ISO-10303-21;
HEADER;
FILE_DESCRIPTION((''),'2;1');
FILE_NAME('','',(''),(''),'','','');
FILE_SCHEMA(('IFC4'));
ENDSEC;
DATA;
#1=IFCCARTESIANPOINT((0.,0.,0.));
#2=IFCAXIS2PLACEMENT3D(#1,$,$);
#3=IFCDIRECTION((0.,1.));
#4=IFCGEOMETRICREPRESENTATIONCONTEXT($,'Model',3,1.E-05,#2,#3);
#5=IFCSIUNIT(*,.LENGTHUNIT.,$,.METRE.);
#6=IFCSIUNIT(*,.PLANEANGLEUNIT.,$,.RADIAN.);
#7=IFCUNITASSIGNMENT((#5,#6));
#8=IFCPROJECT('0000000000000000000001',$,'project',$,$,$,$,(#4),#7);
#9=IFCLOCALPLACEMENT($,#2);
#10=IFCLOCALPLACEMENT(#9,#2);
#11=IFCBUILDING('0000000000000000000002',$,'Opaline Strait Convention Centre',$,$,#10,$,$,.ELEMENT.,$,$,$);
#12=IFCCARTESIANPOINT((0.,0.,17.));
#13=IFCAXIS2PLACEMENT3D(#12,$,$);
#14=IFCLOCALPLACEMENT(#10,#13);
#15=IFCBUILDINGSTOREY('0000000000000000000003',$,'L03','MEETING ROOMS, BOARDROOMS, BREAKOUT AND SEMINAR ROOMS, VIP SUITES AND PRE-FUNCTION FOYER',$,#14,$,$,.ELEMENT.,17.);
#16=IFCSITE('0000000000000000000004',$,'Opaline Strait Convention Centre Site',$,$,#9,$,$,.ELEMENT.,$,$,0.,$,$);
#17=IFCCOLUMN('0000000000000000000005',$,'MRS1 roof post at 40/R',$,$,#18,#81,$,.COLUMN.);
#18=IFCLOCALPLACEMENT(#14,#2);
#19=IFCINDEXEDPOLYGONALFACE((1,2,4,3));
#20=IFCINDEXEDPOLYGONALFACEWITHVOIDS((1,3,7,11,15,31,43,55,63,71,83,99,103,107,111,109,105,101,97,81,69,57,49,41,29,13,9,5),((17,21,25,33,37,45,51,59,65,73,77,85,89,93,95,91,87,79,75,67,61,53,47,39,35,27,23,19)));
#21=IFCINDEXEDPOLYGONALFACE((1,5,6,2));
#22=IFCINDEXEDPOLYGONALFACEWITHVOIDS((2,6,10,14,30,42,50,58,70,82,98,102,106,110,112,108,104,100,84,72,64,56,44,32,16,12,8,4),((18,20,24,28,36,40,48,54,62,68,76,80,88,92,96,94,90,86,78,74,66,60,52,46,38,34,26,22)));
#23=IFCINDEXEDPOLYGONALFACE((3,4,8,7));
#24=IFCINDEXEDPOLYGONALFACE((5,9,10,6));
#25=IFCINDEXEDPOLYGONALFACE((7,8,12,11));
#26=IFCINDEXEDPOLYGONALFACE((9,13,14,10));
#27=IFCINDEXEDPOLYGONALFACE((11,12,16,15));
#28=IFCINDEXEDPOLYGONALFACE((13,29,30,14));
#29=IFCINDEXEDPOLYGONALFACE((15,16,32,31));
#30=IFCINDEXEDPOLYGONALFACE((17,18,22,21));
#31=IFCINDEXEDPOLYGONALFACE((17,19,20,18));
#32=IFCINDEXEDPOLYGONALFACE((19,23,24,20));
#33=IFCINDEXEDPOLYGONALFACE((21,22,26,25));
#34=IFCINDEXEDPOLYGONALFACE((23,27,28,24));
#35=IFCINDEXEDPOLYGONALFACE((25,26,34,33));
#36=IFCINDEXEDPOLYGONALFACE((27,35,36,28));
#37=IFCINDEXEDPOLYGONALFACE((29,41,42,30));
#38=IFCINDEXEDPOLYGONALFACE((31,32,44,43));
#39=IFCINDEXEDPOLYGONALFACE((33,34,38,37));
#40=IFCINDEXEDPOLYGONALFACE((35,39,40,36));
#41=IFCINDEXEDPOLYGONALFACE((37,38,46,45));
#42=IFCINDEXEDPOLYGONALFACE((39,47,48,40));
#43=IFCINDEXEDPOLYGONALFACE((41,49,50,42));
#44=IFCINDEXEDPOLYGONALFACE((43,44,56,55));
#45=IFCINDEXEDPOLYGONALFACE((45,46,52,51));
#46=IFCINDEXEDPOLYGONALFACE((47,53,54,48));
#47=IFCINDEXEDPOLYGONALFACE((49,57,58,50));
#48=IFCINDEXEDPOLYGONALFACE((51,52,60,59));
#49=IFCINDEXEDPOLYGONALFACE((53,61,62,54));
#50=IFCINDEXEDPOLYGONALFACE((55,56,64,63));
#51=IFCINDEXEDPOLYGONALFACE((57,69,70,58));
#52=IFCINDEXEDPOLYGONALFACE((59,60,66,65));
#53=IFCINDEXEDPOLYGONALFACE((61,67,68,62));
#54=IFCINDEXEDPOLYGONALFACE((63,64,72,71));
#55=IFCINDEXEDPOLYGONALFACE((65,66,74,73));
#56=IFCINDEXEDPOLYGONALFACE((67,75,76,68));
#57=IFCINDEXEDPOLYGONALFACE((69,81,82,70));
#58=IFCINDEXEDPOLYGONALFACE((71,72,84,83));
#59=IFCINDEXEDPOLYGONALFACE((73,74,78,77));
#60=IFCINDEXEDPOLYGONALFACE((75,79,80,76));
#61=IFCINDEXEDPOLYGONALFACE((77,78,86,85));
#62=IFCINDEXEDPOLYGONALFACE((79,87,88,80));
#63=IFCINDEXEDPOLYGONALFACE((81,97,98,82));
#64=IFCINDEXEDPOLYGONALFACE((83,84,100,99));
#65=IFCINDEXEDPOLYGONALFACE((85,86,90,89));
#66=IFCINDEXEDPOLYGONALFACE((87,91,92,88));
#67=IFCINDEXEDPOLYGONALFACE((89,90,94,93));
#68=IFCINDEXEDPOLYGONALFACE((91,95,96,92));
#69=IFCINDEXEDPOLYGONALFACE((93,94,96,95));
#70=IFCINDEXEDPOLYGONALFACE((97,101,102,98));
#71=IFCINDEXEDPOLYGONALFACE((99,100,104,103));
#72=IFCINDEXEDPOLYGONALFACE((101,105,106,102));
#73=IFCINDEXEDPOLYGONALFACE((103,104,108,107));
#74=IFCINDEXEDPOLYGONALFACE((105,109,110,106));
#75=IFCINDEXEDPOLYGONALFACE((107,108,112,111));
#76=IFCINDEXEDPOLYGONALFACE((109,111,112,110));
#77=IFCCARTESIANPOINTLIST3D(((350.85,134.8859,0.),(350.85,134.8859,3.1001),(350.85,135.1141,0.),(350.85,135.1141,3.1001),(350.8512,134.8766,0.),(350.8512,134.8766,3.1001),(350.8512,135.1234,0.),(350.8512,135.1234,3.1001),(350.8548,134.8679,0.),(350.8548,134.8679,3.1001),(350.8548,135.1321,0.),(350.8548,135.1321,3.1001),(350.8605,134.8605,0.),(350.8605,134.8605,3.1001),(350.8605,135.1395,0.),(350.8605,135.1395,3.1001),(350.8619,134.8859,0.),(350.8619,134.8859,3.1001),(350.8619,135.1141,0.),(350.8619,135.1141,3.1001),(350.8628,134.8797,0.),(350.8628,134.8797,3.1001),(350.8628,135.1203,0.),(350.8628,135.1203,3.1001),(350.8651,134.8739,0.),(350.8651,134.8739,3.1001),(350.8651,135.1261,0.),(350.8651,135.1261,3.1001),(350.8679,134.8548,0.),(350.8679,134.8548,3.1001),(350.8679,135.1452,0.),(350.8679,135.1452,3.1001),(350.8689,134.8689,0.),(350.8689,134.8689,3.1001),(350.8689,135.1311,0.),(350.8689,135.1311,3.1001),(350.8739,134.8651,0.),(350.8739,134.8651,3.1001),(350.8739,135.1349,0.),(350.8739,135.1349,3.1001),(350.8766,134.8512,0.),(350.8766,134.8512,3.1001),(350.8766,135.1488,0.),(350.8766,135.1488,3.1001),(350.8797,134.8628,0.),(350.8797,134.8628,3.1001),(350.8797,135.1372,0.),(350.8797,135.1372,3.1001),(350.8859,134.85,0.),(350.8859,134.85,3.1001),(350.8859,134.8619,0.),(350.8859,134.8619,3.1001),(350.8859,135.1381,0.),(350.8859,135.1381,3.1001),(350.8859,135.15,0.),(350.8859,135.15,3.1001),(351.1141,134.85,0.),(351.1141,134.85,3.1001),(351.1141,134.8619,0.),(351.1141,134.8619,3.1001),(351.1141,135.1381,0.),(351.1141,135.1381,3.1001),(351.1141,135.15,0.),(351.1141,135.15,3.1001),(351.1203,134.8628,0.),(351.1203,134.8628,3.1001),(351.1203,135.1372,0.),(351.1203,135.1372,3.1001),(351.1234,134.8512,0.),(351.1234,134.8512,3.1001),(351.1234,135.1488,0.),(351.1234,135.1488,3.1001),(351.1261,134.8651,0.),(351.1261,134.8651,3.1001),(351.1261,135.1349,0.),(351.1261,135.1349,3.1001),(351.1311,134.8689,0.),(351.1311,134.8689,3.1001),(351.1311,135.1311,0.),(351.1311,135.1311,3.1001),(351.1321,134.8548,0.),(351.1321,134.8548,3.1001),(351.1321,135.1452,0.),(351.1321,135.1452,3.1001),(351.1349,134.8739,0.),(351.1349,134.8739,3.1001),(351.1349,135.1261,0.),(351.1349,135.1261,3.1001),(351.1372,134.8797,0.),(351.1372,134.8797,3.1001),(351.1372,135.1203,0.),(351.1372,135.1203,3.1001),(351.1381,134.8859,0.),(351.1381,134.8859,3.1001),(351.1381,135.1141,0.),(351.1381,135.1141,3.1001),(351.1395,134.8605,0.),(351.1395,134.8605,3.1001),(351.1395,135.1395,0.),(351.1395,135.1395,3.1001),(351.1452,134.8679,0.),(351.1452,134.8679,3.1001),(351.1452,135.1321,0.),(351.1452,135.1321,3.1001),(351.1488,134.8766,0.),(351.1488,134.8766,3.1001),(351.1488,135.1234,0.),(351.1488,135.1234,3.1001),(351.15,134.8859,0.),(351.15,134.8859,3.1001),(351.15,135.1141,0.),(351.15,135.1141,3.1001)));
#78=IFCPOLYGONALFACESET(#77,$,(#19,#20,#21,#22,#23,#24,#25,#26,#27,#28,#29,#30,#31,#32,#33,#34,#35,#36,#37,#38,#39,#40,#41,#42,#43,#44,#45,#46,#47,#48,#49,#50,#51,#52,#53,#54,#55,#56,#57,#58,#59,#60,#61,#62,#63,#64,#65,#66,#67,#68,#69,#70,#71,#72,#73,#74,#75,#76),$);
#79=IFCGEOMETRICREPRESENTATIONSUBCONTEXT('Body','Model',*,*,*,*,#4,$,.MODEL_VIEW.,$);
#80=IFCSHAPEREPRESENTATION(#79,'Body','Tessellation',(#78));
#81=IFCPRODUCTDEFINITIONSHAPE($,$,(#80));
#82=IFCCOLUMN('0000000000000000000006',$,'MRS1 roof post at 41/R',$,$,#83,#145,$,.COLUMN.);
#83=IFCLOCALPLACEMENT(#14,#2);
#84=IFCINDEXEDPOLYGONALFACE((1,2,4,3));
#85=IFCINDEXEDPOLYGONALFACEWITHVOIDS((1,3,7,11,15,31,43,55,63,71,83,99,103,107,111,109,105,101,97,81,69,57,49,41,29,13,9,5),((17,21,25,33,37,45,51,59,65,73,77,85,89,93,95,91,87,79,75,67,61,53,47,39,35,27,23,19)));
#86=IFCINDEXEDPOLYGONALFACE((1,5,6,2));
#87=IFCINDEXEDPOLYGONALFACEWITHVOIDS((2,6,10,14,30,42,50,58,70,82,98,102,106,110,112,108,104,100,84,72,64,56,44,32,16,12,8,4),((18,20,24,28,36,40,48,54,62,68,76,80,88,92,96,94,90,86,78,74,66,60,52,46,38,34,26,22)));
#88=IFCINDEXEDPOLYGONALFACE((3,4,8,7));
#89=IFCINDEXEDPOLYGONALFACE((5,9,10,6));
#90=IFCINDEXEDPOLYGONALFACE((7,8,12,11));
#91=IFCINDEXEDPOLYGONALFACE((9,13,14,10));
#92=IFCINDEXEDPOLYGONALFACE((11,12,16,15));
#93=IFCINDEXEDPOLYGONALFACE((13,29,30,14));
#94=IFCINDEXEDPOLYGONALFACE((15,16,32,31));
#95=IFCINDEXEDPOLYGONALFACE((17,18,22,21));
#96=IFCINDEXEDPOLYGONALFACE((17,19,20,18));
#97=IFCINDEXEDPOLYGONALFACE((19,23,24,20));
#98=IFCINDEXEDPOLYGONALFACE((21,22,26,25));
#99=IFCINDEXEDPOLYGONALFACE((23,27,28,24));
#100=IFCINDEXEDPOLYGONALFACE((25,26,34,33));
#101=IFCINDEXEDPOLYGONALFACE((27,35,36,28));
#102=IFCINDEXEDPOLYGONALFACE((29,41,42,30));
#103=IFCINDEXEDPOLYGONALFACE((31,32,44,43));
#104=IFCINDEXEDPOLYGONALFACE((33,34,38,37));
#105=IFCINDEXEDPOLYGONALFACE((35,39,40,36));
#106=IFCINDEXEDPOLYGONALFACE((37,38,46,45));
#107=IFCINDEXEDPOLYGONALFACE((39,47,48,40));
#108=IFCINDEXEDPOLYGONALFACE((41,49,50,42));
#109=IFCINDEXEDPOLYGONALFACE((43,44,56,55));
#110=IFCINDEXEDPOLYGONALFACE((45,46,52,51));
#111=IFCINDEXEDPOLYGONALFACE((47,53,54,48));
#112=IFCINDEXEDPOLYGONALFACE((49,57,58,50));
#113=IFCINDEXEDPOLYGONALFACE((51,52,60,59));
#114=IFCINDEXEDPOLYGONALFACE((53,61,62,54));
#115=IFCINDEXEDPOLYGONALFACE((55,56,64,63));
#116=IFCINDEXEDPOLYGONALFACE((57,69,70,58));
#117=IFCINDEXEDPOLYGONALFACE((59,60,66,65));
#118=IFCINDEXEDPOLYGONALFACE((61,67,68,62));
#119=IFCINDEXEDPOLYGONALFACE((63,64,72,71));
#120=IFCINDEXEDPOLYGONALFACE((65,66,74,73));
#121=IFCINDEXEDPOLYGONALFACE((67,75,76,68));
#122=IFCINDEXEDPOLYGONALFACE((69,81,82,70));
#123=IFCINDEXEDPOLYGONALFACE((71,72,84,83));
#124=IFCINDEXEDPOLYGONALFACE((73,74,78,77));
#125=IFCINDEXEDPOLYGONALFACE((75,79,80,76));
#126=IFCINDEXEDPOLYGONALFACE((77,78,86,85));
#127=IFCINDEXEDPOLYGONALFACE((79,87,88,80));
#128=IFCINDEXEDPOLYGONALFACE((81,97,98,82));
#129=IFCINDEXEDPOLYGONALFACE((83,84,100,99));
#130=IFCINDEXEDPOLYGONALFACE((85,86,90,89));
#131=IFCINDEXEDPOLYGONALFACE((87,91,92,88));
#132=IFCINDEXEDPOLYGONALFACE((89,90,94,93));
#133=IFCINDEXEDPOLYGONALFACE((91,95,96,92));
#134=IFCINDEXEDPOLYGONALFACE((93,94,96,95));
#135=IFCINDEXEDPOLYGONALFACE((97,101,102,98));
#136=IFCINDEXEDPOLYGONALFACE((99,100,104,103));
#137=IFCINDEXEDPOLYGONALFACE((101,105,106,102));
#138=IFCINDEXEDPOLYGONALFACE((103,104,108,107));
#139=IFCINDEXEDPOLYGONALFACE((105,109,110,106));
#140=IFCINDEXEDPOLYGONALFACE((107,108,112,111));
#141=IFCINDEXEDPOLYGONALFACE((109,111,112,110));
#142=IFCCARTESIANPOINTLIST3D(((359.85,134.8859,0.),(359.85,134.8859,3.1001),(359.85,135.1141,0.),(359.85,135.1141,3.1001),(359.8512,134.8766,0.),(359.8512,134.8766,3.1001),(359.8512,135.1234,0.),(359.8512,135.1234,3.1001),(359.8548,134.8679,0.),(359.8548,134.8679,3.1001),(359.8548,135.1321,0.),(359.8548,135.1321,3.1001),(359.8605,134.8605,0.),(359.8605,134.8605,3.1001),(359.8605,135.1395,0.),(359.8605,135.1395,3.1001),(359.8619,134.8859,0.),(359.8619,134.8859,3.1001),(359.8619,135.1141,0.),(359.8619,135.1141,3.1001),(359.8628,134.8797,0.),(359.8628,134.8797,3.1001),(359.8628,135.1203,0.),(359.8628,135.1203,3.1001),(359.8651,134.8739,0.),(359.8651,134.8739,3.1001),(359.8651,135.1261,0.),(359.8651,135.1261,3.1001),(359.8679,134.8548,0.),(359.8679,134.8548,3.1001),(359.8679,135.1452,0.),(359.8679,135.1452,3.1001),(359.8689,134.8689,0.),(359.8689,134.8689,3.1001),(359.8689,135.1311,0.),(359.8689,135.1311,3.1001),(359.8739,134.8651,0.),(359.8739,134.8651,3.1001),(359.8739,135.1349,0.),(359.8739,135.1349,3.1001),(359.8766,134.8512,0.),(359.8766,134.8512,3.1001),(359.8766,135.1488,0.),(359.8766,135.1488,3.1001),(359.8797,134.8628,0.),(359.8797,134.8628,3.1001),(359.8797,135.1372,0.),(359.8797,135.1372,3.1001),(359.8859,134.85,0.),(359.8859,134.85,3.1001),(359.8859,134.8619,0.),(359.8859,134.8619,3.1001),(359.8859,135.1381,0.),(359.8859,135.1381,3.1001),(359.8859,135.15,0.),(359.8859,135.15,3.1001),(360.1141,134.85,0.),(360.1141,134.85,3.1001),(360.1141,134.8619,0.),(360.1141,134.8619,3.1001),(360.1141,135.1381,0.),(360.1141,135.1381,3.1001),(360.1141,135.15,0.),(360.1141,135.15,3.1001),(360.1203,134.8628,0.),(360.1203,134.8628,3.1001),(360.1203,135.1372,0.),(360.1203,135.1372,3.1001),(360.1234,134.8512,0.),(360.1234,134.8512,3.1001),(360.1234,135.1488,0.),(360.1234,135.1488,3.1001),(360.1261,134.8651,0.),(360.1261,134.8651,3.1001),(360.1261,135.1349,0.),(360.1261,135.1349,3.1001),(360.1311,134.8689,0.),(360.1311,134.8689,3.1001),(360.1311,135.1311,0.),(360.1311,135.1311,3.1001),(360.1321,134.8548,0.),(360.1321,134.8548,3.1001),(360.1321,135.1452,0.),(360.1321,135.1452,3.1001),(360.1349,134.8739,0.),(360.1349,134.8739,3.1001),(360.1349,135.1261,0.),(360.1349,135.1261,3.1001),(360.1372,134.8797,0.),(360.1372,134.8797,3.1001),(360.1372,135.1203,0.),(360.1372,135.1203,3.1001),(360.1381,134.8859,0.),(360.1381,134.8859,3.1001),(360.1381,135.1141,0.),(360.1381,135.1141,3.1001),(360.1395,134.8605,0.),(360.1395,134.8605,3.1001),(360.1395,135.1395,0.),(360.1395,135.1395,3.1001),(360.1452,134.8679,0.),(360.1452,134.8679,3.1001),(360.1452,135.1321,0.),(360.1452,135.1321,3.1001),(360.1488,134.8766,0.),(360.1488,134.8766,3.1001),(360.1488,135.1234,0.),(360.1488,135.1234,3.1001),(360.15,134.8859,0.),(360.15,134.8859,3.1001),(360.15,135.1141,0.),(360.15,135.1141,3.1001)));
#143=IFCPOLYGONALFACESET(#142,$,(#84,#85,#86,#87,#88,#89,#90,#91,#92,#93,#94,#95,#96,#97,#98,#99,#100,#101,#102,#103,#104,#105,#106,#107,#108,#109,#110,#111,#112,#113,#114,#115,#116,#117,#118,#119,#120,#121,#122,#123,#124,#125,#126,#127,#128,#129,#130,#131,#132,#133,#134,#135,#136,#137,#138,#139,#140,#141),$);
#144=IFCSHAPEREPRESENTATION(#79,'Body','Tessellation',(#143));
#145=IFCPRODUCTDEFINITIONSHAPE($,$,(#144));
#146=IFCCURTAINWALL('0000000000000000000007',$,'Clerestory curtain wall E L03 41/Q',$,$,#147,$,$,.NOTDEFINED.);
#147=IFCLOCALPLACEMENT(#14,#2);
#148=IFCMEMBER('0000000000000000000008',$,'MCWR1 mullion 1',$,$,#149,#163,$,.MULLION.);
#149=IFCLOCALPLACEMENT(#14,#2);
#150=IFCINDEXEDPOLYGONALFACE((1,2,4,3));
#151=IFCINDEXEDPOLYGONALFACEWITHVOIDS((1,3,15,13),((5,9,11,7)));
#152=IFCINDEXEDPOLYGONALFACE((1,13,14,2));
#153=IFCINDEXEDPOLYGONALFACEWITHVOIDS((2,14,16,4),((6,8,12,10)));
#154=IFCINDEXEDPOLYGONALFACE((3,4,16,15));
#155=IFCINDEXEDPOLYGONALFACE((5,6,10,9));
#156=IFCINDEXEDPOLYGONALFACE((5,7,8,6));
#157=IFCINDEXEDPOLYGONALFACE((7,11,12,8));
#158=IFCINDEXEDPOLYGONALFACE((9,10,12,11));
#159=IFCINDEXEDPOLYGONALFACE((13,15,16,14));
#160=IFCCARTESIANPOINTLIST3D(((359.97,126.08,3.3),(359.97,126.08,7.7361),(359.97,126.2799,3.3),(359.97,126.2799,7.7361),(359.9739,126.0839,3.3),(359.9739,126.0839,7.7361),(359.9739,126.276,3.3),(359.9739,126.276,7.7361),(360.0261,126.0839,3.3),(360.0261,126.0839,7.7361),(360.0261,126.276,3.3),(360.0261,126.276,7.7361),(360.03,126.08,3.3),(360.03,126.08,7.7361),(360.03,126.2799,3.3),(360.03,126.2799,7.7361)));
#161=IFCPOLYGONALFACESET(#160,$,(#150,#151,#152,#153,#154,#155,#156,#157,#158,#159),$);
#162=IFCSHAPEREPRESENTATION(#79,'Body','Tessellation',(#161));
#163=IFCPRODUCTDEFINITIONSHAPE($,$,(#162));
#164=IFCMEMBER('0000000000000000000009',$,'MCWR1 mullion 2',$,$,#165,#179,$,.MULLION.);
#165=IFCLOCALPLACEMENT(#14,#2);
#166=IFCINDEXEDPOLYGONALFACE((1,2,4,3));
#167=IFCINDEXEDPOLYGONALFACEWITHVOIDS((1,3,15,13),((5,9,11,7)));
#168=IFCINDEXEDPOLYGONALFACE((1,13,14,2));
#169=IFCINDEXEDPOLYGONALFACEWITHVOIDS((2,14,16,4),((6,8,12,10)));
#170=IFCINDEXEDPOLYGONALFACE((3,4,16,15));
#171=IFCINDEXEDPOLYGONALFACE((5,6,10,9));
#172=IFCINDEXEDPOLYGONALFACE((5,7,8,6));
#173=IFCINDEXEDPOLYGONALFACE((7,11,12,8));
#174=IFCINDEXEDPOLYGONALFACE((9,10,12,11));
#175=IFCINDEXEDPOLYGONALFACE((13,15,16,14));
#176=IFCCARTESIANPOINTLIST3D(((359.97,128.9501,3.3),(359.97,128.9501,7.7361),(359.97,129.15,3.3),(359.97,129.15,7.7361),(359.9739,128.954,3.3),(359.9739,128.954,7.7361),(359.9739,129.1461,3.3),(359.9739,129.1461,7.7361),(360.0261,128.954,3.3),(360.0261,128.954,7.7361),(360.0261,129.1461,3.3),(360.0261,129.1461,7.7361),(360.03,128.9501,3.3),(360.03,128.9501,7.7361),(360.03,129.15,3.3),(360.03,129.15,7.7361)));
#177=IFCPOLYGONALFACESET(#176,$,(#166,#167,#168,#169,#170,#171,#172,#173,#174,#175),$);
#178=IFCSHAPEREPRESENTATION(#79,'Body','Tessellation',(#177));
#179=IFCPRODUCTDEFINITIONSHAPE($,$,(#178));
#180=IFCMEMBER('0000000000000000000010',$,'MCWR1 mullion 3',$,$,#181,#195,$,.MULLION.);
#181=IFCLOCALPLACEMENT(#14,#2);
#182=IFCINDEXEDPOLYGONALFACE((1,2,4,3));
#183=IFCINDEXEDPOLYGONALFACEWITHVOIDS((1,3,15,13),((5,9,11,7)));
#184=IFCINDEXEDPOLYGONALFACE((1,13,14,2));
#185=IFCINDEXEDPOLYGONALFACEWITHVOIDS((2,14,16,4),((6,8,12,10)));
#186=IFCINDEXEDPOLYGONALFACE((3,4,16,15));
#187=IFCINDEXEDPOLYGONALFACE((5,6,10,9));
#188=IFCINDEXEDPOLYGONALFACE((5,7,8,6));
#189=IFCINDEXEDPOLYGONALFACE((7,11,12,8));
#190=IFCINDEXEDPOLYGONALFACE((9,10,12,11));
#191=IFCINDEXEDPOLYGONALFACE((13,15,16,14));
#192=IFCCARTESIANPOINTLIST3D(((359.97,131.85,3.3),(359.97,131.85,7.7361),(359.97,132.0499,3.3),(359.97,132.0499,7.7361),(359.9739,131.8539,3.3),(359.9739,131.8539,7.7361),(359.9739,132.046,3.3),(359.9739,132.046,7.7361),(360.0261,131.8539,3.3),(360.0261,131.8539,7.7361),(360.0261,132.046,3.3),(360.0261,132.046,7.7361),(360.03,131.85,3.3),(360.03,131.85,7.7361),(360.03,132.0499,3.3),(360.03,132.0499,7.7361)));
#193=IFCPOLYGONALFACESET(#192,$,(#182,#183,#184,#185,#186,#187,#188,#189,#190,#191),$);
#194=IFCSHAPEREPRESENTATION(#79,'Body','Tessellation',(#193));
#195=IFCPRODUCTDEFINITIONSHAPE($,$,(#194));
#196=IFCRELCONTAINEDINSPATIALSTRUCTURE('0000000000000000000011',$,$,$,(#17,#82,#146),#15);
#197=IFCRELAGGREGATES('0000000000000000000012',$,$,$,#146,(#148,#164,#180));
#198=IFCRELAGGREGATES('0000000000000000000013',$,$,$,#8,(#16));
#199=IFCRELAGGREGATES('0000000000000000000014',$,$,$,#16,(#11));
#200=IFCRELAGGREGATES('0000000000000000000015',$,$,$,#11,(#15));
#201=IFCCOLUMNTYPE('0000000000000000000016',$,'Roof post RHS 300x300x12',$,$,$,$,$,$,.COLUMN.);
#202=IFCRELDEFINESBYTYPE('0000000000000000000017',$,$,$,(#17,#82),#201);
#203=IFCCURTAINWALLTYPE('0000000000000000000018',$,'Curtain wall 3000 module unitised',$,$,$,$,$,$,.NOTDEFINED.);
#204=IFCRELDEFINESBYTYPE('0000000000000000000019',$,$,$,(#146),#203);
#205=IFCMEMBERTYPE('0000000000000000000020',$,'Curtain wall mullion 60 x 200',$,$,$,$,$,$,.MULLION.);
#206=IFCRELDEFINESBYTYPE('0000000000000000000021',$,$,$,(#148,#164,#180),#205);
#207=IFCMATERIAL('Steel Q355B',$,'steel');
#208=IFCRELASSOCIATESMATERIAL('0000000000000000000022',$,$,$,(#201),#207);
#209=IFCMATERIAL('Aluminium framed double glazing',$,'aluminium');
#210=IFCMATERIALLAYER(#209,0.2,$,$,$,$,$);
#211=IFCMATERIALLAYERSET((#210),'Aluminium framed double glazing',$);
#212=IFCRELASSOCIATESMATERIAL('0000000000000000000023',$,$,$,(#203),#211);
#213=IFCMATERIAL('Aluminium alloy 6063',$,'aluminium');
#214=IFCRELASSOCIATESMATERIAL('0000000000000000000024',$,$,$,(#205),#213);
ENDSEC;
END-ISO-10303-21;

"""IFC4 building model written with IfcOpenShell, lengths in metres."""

from ifc_helpers import new_model, si_unit, direction, frame, origin, origin_2d, place, context, subcontext, project, spatial, hollow_rectangle, extrude, material, layer, layer_set, material_profile, profile_set, type_object, element, aggregate, save


model = new_model("IFC4")

# Units and contexts
model_context = context("Model", 3, precision=1e-05, world=origin(), true_north=direction((0.0, 1.0)))
body_context = subcontext(model_context, "Body", "Model", "MODEL_VIEW")
ifc_project = project(units=[si_unit("LENGTHUNIT", "METRE"), si_unit("PLANEANGLEUNIT", "RADIAN")], contexts=[model_context])

# Site, building, storey
site_placement = place(None, origin())
site = spatial("IfcSite", under=ifc_project, at=site_placement, Name="Opaline Strait Convention Centre Site", CompositionType="ELEMENT", RefElevation=0.0)
building_placement = place(site_placement, origin())
building = spatial("IfcBuilding", under=site, at=building_placement, Name="Opaline Strait Convention Centre", CompositionType="ELEMENT")
storey_placement = place(building_placement, frame((0.0, 0.0, 17.0)))
storey = spatial("IfcBuildingStorey", under=building, at=storey_placement, Name="L03", Description="MEETING ROOMS, BOARDROOMS, BREAKOUT AND SEMINAR ROOMS, VIP SUITES AND PRE-FUNCTION FOYER", CompositionType="ELEMENT", Elevation=17.0)

# Columns
ifc_material_1 = material(Name="Steel Q355B", Category="steel")
ifc_material_profile_1 = material_profile(ifc_material_1, hollow_rectangle(XDim=0.3, YDim=0.3, WallThickness=0.012, InnerFilletRadius=0.0239, OuterFilletRadius=0.0359, at=origin_2d()), Name="RHS 300x300x12")
ifc_profile_set_1 = profile_set([ifc_material_profile_1], Name="Steel Q355B")
column_type = type_object("IfcColumnType", Name="Roof post RHS 300x300x12", PredefinedType="COLUMN", material=ifc_profile_set_1)
for number, where, z_axis, x_axis, name in (
    (1, (351.0, 135.0, 0.0), (0.0, 0.0, 1.0), (1.0, 0.0, 0.0), "MRS1 roof post at 40/R"),
    (2, (360.0, 135.0, 0.0), (0.0, 0.0, 1.0), (1.0, 0.0, 0.0), "MRS1 roof post at 41/R"),
):
    element("IfcColumn", number, at=place(storey_placement, frame(where, z_axis=z_axis, x_axis=x_axis)), inside=storey, type_object=column_type, Name=name, PredefinedType="COLUMN", context=body_context, shape_type="SweptSolid", body=[
        extrude(hollow_rectangle(XDim=0.3, YDim=0.3, WallThickness=0.012, InnerFilletRadius=0.0239, OuterFilletRadius=0.0359, at=origin_2d()), origin(), (0.0, 0.0, 1.0), 3.1001),
    ])

# Curtain wall, members
ifc_material_2 = material(Name="Aluminium framed double glazing", Category="aluminium")
ifc_layer_1 = layer(ifc_material_2, 0.2)
ifc_layer_set_1 = layer_set([ifc_layer_1], Name="Aluminium framed double glazing")
curtain_wall_type = type_object("IfcCurtainWallType", Name="Curtain wall 3000 module unitised", PredefinedType="NOTDEFINED", material=ifc_layer_set_1)
curtain_wall_placement = place(storey_placement, origin())
curtain_wall = element("IfcCurtainWall", 3, at=curtain_wall_placement, inside=storey, type_object=curtain_wall_type, Name="Clerestory curtain wall E L03 41/Q", PredefinedType="NOTDEFINED")
ifc_material_3 = material(Name="Aluminium alloy 6063", Category="aluminium")
ifc_material_profile_2 = material_profile(ifc_material_3, hollow_rectangle(XDim=0.0601, YDim=0.2, WallThickness=0.0039, at=origin_2d()), Name="MULLION 60x200x4")
ifc_profile_set_2 = profile_set([ifc_material_profile_2], Name="Aluminium alloy 6063")
member_type_1 = type_object("IfcMemberType", Name="Curtain wall mullion 60 x 200", PredefinedType="MULLION", material=ifc_profile_set_2)
member_1_placement = place(storey_placement, frame((360.0, 126.1799, 3.3), z_axis=(0.0, 0.0, 1.0), x_axis=(-1.0, 0.0, 0.0)))
member_1 = element("IfcMember", 4, at=member_1_placement, type_object=member_type_1, Name="MCWR1 mullion 1", PredefinedType="MULLION", context=body_context, shape_type="SweptSolid", body=[
    extrude(hollow_rectangle(XDim=0.0601, YDim=0.2, WallThickness=0.0039, at=origin_2d()), origin(), (0.0, 0.0, 1.0), 4.436),
])
member_2_placement = place(storey_placement, frame((360.0, 129.05, 3.3), z_axis=(0.0, 0.0, 1.0), x_axis=(-1.0, 0.0, 0.0)))
member_2 = element("IfcMember", 5, at=member_2_placement, type_object=member_type_1, Name="MCWR1 mullion 2", PredefinedType="MULLION", context=body_context, shape_type="SweptSolid", body=[
    extrude(hollow_rectangle(XDim=0.0601, YDim=0.2, WallThickness=0.0039, at=origin_2d()), origin(), (0.0, 0.0, 1.0), 4.436),
])
member_3_placement = place(storey_placement, frame((360.0, 131.95, 3.3), z_axis=(0.0, 0.0, 1.0), x_axis=(-1.0, 0.0, 0.0)))
member_3 = element("IfcMember", 6, at=member_3_placement, type_object=member_type_1, Name="MCWR1 mullion 3", PredefinedType="MULLION", context=body_context, shape_type="SweptSolid", body=[
    extrude(hollow_rectangle(XDim=0.0601, YDim=0.2, WallThickness=0.0039, at=origin_2d()), origin(), (0.0, 0.0, 1.0), 4.436),
])

aggregate(curtain_wall, [member_1, member_2, member_3])

save(model, "model.ifc")
